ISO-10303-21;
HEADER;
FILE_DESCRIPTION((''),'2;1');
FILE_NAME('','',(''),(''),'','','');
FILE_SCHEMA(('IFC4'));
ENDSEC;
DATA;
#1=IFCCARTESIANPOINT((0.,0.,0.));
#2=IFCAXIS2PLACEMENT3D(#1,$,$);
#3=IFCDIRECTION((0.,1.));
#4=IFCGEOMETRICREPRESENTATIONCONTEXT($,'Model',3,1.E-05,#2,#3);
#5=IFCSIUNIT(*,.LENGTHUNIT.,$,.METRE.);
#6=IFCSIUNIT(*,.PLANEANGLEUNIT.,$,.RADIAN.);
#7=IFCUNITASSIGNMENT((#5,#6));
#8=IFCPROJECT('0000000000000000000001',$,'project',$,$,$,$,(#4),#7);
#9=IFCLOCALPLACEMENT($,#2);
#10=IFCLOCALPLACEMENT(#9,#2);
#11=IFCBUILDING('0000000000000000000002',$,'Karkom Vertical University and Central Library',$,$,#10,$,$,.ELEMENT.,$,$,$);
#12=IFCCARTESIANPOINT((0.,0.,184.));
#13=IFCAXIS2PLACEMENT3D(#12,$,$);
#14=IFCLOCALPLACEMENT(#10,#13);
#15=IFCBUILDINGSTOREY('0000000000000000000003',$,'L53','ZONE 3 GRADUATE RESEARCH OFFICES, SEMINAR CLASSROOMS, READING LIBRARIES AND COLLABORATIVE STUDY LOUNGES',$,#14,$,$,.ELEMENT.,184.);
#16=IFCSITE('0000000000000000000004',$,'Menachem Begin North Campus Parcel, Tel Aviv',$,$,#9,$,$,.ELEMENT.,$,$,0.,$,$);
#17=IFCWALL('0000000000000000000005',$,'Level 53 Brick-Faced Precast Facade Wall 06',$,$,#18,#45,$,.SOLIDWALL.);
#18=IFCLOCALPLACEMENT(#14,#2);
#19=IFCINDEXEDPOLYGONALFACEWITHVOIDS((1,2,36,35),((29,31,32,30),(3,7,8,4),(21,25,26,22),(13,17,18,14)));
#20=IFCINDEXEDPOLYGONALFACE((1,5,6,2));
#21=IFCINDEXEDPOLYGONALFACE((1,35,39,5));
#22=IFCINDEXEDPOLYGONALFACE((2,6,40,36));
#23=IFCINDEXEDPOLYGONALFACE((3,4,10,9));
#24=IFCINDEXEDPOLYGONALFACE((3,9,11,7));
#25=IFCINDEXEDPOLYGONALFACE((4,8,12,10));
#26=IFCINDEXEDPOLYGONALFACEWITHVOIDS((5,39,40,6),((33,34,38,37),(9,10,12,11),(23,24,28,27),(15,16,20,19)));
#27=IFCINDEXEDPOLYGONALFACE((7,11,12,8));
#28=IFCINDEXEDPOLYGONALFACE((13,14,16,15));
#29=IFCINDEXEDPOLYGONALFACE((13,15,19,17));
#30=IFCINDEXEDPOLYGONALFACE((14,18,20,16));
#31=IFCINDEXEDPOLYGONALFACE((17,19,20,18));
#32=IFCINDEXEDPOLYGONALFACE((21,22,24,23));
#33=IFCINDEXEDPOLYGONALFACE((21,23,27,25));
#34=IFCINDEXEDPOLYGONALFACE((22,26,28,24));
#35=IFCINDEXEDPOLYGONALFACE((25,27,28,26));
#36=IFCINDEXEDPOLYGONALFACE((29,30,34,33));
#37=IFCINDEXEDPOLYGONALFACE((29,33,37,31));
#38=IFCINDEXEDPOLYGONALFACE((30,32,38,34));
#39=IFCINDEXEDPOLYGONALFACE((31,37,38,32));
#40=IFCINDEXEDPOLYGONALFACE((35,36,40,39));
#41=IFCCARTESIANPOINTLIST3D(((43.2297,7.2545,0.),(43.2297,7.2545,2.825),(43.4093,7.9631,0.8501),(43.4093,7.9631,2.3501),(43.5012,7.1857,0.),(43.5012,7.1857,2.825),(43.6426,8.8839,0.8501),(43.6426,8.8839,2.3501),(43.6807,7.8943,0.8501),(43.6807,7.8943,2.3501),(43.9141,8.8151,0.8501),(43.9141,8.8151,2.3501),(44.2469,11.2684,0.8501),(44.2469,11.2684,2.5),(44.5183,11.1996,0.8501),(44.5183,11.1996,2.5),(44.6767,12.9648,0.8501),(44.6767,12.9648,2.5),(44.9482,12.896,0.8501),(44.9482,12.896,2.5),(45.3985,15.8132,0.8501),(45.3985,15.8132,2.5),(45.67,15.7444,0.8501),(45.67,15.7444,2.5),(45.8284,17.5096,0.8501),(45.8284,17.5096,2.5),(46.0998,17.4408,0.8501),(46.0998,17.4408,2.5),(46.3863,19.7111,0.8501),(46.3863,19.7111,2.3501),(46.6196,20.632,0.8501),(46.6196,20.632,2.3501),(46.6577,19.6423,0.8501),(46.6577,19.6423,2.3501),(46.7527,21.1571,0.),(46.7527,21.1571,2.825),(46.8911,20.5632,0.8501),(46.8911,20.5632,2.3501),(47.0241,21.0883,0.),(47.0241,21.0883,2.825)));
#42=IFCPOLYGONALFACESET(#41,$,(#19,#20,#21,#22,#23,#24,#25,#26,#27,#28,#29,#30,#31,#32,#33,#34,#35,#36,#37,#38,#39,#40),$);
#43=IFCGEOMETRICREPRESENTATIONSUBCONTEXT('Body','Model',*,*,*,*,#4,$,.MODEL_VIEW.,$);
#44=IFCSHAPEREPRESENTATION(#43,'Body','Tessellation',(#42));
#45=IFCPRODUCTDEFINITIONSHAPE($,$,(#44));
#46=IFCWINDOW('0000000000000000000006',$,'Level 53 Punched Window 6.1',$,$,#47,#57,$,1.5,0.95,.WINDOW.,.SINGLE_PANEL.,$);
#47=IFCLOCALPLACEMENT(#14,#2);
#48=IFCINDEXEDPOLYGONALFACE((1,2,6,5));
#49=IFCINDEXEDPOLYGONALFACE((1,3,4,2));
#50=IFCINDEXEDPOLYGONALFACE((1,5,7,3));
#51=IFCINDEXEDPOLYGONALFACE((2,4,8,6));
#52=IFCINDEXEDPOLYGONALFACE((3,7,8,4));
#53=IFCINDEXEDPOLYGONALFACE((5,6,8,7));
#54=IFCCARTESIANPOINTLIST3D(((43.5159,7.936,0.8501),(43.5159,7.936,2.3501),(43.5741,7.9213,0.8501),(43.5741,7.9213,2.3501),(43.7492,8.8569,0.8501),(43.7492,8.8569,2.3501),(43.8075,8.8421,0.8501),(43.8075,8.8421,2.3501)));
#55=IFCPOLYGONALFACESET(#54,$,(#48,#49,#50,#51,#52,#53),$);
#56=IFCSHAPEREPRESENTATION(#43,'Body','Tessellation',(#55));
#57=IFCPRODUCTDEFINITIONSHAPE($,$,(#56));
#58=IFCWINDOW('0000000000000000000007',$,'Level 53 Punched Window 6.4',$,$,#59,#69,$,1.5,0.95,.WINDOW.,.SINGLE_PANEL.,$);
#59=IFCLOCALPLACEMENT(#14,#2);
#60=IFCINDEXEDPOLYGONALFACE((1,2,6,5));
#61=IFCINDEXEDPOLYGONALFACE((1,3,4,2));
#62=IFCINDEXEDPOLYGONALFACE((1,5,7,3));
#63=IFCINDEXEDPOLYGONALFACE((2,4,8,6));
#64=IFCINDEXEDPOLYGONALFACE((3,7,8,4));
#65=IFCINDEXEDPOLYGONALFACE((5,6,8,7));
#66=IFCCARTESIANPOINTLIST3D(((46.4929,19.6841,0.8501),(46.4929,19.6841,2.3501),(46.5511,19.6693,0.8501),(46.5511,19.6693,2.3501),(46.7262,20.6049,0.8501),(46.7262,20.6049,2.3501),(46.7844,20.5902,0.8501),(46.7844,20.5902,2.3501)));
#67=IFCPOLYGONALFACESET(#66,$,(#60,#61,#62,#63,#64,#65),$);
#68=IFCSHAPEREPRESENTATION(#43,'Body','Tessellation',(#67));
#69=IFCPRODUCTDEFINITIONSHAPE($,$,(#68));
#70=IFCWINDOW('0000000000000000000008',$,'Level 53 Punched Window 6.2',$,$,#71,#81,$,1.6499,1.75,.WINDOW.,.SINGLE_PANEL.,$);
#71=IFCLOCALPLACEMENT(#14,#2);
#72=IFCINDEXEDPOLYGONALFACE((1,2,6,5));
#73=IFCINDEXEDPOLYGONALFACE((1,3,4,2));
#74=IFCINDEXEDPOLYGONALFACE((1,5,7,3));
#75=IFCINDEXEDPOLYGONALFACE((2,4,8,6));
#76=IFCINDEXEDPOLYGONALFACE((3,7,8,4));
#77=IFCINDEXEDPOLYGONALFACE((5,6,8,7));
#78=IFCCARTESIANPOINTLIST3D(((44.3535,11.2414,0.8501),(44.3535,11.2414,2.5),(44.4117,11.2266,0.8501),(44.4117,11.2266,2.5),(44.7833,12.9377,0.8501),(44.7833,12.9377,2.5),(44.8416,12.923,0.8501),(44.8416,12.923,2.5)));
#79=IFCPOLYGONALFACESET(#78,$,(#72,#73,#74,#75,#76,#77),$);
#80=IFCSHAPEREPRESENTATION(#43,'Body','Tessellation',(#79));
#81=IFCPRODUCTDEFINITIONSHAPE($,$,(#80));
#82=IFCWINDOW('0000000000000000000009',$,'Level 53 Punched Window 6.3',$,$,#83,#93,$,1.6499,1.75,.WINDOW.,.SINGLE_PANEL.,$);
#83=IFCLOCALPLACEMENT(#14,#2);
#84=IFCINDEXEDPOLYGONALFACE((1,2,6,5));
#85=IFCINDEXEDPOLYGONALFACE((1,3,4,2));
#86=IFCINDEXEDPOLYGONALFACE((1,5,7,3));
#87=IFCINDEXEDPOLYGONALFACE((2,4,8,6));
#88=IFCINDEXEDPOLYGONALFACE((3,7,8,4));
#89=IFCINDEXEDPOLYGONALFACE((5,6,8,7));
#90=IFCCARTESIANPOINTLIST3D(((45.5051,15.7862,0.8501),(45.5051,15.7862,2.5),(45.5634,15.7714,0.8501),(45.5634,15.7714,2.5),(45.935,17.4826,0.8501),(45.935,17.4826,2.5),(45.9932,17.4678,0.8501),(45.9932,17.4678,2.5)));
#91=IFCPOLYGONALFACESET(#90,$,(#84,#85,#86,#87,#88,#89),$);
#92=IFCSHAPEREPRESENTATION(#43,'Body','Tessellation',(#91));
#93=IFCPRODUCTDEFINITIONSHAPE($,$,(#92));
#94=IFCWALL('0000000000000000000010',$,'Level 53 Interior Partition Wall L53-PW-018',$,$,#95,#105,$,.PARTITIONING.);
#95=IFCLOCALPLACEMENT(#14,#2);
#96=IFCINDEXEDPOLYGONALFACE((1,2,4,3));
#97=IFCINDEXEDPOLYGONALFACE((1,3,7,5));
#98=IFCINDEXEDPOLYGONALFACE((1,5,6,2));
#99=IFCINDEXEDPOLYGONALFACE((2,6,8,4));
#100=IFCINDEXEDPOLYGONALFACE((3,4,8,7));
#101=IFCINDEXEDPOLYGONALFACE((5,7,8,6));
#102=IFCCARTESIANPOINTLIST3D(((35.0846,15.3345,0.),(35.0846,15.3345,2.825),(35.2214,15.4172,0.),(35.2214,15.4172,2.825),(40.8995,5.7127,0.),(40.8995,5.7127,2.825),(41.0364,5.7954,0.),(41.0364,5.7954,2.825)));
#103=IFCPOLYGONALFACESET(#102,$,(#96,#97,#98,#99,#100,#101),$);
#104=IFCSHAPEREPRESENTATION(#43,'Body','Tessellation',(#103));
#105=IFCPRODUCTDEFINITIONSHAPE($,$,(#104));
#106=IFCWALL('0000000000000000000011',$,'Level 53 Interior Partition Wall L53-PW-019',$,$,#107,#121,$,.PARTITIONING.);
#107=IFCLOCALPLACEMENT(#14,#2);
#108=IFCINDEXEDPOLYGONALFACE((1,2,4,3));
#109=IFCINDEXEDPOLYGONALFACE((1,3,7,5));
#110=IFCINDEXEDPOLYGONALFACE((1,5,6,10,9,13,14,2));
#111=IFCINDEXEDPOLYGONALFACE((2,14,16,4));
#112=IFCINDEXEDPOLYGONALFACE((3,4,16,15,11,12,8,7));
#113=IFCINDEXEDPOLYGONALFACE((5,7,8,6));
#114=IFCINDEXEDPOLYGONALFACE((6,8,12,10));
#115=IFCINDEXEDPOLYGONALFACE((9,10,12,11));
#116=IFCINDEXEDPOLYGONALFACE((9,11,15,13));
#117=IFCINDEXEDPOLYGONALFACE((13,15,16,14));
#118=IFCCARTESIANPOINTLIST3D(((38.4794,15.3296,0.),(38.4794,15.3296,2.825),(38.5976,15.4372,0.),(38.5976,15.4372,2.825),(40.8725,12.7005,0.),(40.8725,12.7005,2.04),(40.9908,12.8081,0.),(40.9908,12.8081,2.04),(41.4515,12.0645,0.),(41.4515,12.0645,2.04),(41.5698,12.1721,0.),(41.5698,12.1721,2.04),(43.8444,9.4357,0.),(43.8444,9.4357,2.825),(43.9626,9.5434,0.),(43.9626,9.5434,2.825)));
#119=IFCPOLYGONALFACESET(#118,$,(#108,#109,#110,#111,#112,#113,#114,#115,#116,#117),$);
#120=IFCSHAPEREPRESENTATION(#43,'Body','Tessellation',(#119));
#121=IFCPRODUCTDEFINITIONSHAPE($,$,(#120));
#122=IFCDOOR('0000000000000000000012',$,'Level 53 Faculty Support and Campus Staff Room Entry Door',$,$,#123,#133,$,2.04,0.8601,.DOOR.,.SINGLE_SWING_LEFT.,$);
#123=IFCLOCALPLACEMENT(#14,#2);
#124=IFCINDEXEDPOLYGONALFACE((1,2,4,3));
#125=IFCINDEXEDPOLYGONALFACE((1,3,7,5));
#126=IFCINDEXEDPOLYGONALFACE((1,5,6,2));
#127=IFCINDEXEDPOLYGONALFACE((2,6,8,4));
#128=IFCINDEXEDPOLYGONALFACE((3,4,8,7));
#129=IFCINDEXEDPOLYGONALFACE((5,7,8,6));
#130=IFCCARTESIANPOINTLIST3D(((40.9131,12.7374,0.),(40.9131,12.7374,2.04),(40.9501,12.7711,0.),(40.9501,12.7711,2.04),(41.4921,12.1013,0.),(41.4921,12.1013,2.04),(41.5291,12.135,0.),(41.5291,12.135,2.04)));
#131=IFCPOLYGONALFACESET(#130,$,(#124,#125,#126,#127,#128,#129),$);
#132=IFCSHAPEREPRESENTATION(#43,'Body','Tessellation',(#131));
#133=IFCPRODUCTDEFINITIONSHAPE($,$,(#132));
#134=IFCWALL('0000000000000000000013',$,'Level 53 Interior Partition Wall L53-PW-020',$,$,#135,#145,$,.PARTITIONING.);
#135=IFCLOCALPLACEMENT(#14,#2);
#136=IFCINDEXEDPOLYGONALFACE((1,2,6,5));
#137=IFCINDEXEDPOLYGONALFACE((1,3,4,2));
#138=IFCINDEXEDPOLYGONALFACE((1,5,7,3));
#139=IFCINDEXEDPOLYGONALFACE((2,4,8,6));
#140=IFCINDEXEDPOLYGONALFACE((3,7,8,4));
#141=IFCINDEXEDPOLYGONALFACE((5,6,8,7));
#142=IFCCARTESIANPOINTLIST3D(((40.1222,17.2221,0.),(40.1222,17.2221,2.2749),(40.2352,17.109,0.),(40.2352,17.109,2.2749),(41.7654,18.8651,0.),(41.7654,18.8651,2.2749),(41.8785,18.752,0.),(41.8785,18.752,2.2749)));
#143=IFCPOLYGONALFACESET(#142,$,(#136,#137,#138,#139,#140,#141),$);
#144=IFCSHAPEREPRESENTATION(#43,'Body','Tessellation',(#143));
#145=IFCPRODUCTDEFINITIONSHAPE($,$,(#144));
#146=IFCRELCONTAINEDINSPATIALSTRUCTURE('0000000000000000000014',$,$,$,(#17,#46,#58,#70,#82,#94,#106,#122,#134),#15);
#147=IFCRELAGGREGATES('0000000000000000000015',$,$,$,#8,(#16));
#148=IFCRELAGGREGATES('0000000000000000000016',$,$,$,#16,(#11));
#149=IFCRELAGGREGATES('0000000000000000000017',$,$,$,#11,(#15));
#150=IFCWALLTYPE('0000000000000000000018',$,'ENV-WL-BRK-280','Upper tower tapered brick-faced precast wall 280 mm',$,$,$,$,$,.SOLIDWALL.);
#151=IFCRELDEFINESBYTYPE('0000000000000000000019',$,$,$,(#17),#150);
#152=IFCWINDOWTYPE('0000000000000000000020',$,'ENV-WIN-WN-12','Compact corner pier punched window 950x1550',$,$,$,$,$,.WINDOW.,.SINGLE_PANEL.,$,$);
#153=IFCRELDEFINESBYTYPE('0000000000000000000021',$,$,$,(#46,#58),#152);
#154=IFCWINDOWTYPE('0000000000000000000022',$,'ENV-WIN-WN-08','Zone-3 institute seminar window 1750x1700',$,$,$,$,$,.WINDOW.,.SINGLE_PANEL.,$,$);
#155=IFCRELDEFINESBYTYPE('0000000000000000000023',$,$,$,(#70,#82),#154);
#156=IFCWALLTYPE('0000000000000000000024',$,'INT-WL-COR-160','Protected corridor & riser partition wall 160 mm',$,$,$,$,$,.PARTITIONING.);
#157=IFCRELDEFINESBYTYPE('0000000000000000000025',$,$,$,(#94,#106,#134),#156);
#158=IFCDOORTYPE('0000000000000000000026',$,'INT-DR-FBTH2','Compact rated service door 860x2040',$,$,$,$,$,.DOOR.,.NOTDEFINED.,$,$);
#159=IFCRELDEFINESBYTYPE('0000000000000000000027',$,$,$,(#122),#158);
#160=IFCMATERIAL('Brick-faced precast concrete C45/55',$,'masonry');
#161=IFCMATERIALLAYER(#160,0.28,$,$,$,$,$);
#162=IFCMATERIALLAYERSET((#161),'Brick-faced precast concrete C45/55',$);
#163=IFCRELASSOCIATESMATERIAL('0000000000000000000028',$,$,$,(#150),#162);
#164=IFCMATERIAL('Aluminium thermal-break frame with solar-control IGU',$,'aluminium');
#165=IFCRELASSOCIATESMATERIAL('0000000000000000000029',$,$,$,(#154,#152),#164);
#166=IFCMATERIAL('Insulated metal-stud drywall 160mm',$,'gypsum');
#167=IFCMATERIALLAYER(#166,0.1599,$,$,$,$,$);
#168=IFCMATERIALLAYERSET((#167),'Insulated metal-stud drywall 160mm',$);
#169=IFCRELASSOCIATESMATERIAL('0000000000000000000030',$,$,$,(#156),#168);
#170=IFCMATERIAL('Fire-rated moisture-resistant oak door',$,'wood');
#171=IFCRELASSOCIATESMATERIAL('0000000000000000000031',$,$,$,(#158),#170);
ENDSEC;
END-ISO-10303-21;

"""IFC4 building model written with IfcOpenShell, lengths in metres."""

from ifc_helpers import new_model, si_unit, direction, frame, frame_2d, origin, origin_with_axes, place, context, subcontext, project, spatial, rectangle, extrude, source, transform, mapped, material, layer, layer_set, type_object, element, fill, save


model = new_model("IFC4")

# Units and contexts
model_context = context("Model", 3, precision=1e-05, world=origin(), true_north=direction((0.0, 1.0)))
body_context = subcontext(model_context, "Body", "Model", "MODEL_VIEW")
ifc_project = project(units=[si_unit("LENGTHUNIT", "METRE"), si_unit("PLANEANGLEUNIT", "RADIAN")], contexts=[model_context])

# Site, building, storey
site_placement = place(None, origin())
site = spatial("IfcSite", under=ifc_project, at=site_placement, Name="Menachem Begin North Campus Parcel, Tel Aviv", CompositionType="ELEMENT", RefElevation=0.0)
building_placement = place(site_placement, origin())
building = spatial("IfcBuilding", under=site, at=building_placement, Name="Karkom Vertical University and Central Library", CompositionType="ELEMENT")
storey_placement = place(building_placement, frame((0.0, 0.0, 184.0)))
storey = spatial("IfcBuildingStorey", under=building, at=storey_placement, Name="L53", Description="ZONE 3 GRADUATE RESEARCH OFFICES, SEMINAR CLASSROOMS, READING LIBRARIES AND COLLABORATIVE STUDY LOUNGES", CompositionType="ELEMENT", Elevation=184.0)

# Wall, openings, windows
ifc_material_1 = material(Name="Brick-faced precast concrete C45/55", Category="masonry")
ifc_layer_1 = layer(ifc_material_1, 0.28)
ifc_layer_set_1 = layer_set([ifc_layer_1], Name="Brick-faced precast concrete C45/55")
wall_type_1 = type_object("IfcWallType", Name="ENV-WL-BRK-280", Description="Upper tower tapered brick-faced precast wall 280 mm", PredefinedType="SOLIDWALL", material=ifc_layer_set_1)
ifc_material_2 = material(Name="Aluminium thermal-break frame with solar-control IGU", Category="aluminium")
window_type_1 = type_object("IfcWindowType", Name="ENV-WIN-WN-08", Description="Zone-3 institute seminar window 1750x1700", PartitioningType="SINGLE_PANEL", PredefinedType="WINDOW", material=ifc_material_2)
shared_shape_1 = source(origin_with_axes(), body_context, "Body", "SweptSolid", [
    extrude(rectangle(XDim=1.75, YDim=1.6499, at=frame_2d((0.875, 0.825))), frame((0.0, 0.03, 0.0), z_axis=(0.0, -1.0, 0.0), x_axis=(1.0, 0.0, 0.0)), (0.0, 0.0, 1.0), 0.0601),
])
wall_1_placement = place(storey_placement, frame((43.3655, 7.2202, 0.0), z_axis=(0.0, 0.0, 1.0), x_axis=(0.245639, 0.969361, 0.0)))
wall_1 = element("IfcWall", 1, at=wall_1_placement, inside=storey, type_object=wall_type_1, Name="Level 53 Brick-Faced Precast Facade Wall 06", PredefinedType="SOLIDWALL", context=body_context, shape_type="SweptSolid", body=[
    extrude(rectangle(XDim=14.342, YDim=0.28, at=frame_2d((7.1709, 0.0))), origin(), (0.0, 0.0, 1.0), 2.825),
])
opening_1_placement = place(wall_1_placement, frame((0.7307, 0.0, 0.8501)))
opening_1 = element("IfcOpeningElement", 2, at=opening_1_placement, cuts=wall_1, PredefinedType="OPENING", context=body_context, shape_type="SweptSolid", body=[
    extrude(rectangle(XDim=0.95, YDim=1.5, at=frame_2d((0.4751, 0.75))), frame((0.0, 0.1499, 0.0), z_axis=(0.0, -1.0, 0.0), x_axis=(1.0, 0.0, 0.0)), (0.0, 0.0, 1.0), 0.3),
])
opening_2_placement = place(wall_1_placement, frame((4.1406, 0.0, 0.8501)))
opening_2 = element("IfcOpeningElement", 3, at=opening_2_placement, cuts=wall_1, PredefinedType="OPENING", context=body_context, shape_type="SweptSolid", body=[
    extrude(rectangle(XDim=1.75, YDim=1.6499, at=frame_2d((0.875, 0.825))), frame((0.0, 0.1499, 0.0), z_axis=(0.0, -1.0, 0.0), x_axis=(1.0, 0.0, 0.0)), (0.0, 0.0, 1.0), 0.3),
])
opening_3_placement = place(wall_1_placement, frame((8.8291, 0.0, 0.8501)))
opening_3 = element("IfcOpeningElement", 4, at=opening_3_placement, cuts=wall_1, PredefinedType="OPENING", context=body_context, shape_type="SweptSolid", body=[
    extrude(rectangle(XDim=1.75, YDim=1.6499, at=frame_2d((0.875, 0.825))), frame((0.0, 0.1499, 0.0), z_axis=(0.0, -1.0, 0.0), x_axis=(1.0, 0.0, 0.0)), (0.0, 0.0, 1.0), 0.3),
])
opening_4_placement = place(wall_1_placement, frame((12.8501, 0.0, 0.8501)))
opening_4 = element("IfcOpeningElement", 5, at=opening_4_placement, cuts=wall_1, PredefinedType="OPENING", context=body_context, shape_type="SweptSolid", body=[
    extrude(rectangle(XDim=0.95, YDim=1.5, at=frame_2d((0.4751, 0.75))), frame((0.0, 0.1499, 0.0), z_axis=(0.0, -1.0, 0.0), x_axis=(1.0, 0.0, 0.0)), (0.0, 0.0, 1.0), 0.3),
])
window_type_2 = type_object("IfcWindowType", Name="ENV-WIN-WN-12", Description="Compact corner pier punched window 950x1550", PartitioningType="SINGLE_PANEL", PredefinedType="WINDOW", material=ifc_material_2)
shared_shape_2 = source(origin_with_axes(), body_context, "Body", "SweptSolid", [
    extrude(rectangle(XDim=0.95, YDim=1.5, at=frame_2d((0.4751, 0.75))), frame((0.0, 0.03, 0.0), z_axis=(0.0, -1.0, 0.0), x_axis=(1.0, 0.0, 0.0)), (0.0, 0.0, 1.0), 0.0601),
])
window_1_placement = place(opening_1_placement, origin())
window_1 = element("IfcWindow", 6, at=window_1_placement, inside=storey, type_object=window_type_2, Name="Level 53 Punched Window 6.1", OverallHeight=1.5, OverallWidth=0.95, PartitioningType="SINGLE_PANEL", PredefinedType="WINDOW", context=body_context, shape_type="MappedRepresentation", body=[
    mapped(shared_shape_2, transform((0.0, 0.0, 0.0), scale=1.0)),
])
fill(opening_1, window_1)
window_2_placement = place(opening_4_placement, origin())
window_2 = element("IfcWindow", 7, at=window_2_placement, inside=storey, type_object=window_type_2, Name="Level 53 Punched Window 6.4", OverallHeight=1.5, OverallWidth=0.95, PartitioningType="SINGLE_PANEL", PredefinedType="WINDOW", context=body_context, shape_type="MappedRepresentation", body=[
    mapped(shared_shape_2, transform((0.0, 0.0, 0.0), scale=1.0)),
])
fill(opening_4, window_2)
window_3_placement = place(opening_2_placement, origin())
window_3 = element("IfcWindow", 8, at=window_3_placement, inside=storey, type_object=window_type_1, Name="Level 53 Punched Window 6.2", OverallHeight=1.6499, OverallWidth=1.75, PartitioningType="SINGLE_PANEL", PredefinedType="WINDOW", context=body_context, shape_type="MappedRepresentation", body=[
    mapped(shared_shape_1, transform((0.0, 0.0, 0.0), scale=1.0)),
])
fill(opening_2, window_3)
window_4_placement = place(opening_3_placement, origin())
window_4 = element("IfcWindow", 9, at=window_4_placement, inside=storey, type_object=window_type_1, Name="Level 53 Punched Window 6.3", OverallHeight=1.6499, OverallWidth=1.75, PartitioningType="SINGLE_PANEL", PredefinedType="WINDOW", context=body_context, shape_type="MappedRepresentation", body=[
    mapped(shared_shape_1, transform((0.0, 0.0, 0.0), scale=1.0)),
])
fill(opening_3, window_4)

# Wall
ifc_material_3 = material(Name="Insulated metal-stud drywall 160mm", Category="gypsum")
ifc_layer_2 = layer(ifc_material_3, 0.1599)
ifc_layer_set_2 = layer_set([ifc_layer_2], Name="Insulated metal-stud drywall 160mm")
wall_type_2 = type_object("IfcWallType", Name="INT-WL-COR-160", Description="Protected corridor & riser partition wall 160 mm", PredefinedType="PARTITIONING", material=ifc_layer_set_2)
wall_2_placement = place(storey_placement, frame((35.1531, 15.3757, 0.0), z_axis=(0.0, 0.0, 1.0), x_axis=(0.51723, -0.855846, 0.0)))
element("IfcWall", 10, at=wall_2_placement, inside=storey, type_object=wall_type_2, Name="Level 53 Interior Partition Wall L53-PW-018", PredefinedType="PARTITIONING", context=body_context, shape_type="SweptSolid", body=[
    extrude(rectangle(XDim=11.2424, YDim=0.1599, at=frame_2d((5.6211, 0.0))), origin(), (0.0, 0.0, 1.0), 2.825),
])

# Wall, opening, door
wall_3_placement = place(storey_placement, frame((38.5386, 15.3833, 0.0), z_axis=(0.0, 0.0, 1.0), x_axis=(0.673153, -0.739503, 0.0)))
wall_3 = element("IfcWall", 11, at=wall_3_placement, inside=storey, type_object=wall_type_2, Name="Level 53 Interior Partition Wall L53-PW-019", PredefinedType="PARTITIONING", context=body_context, shape_type="SweptSolid", body=[
    extrude(rectangle(XDim=7.97, YDim=0.1599, at=frame_2d((3.9849, 0.0))), origin(), (0.0, 0.0, 1.0), 2.825),
])
opening_5_placement = place(wall_3_placement, frame((3.5549, 0.0, 0.0)))
opening_5 = element("IfcOpeningElement", 12, at=opening_5_placement, cuts=wall_3, PredefinedType="OPENING", context=body_context, shape_type="SweptSolid", body=[
    extrude(rectangle(XDim=0.8601, YDim=2.04, at=frame_2d((0.4302, 1.02))), frame((0.0, 0.0898, 0.0), z_axis=(0.0, -1.0, 0.0), x_axis=(1.0, 0.0, 0.0)), (0.0, 0.0, 1.0), 0.1799),
])
ifc_material_4 = material(Name="Fire-rated moisture-resistant oak door", Category="wood")
door_type_1 = type_object("IfcDoorType", Name="INT-DR-FBTH2", Description="Compact rated service door 860x2040", OperationType="NOTDEFINED", PredefinedType="DOOR", material=ifc_material_4)
shared_shape_3 = source(origin_with_axes(), body_context, "Body", "SweptSolid", [
    extrude(rectangle(XDim=0.8601, YDim=2.04, at=frame_2d((0.4302, 1.02))), frame((0.0, 0.0249, 0.0), z_axis=(0.0, -1.0, 0.0), x_axis=(1.0, 0.0, 0.0)), (0.0, 0.0, 1.0), 0.05),
])
door_1_placement = place(opening_5_placement, origin())
door_1 = element("IfcDoor", 13, at=door_1_placement, inside=storey, type_object=door_type_1, Name="Level 53 Faculty Support and Campus Staff Room Entry Door", OperationType="SINGLE_SWING_LEFT", OverallHeight=2.04, OverallWidth=0.8601, PredefinedType="DOOR", context=body_context, shape_type="MappedRepresentation", body=[
    mapped(shared_shape_3, transform((0.0, 0.0, 0.0), scale=1.0)),
])
fill(opening_5, door_1)

# Wall
wall_4_placement = place(storey_placement, frame((40.1787, 17.1655, 0.0), z_axis=(0.0, 0.0, 1.0), x_axis=(0.707159, 0.707054, 0.0)))
element("IfcWall", 14, at=wall_4_placement, inside=storey, type_object=wall_type_2, Name="Level 53 Interior Partition Wall L53-PW-020", PredefinedType="PARTITIONING", context=body_context, shape_type="SweptSolid", body=[
    extrude(rectangle(XDim=2.3237, YDim=0.1599, at=frame_2d((1.1619, 0.0))), origin(), (0.0, 0.0, 1.0), 2.2749),
])

save(model, "model.ifc")
